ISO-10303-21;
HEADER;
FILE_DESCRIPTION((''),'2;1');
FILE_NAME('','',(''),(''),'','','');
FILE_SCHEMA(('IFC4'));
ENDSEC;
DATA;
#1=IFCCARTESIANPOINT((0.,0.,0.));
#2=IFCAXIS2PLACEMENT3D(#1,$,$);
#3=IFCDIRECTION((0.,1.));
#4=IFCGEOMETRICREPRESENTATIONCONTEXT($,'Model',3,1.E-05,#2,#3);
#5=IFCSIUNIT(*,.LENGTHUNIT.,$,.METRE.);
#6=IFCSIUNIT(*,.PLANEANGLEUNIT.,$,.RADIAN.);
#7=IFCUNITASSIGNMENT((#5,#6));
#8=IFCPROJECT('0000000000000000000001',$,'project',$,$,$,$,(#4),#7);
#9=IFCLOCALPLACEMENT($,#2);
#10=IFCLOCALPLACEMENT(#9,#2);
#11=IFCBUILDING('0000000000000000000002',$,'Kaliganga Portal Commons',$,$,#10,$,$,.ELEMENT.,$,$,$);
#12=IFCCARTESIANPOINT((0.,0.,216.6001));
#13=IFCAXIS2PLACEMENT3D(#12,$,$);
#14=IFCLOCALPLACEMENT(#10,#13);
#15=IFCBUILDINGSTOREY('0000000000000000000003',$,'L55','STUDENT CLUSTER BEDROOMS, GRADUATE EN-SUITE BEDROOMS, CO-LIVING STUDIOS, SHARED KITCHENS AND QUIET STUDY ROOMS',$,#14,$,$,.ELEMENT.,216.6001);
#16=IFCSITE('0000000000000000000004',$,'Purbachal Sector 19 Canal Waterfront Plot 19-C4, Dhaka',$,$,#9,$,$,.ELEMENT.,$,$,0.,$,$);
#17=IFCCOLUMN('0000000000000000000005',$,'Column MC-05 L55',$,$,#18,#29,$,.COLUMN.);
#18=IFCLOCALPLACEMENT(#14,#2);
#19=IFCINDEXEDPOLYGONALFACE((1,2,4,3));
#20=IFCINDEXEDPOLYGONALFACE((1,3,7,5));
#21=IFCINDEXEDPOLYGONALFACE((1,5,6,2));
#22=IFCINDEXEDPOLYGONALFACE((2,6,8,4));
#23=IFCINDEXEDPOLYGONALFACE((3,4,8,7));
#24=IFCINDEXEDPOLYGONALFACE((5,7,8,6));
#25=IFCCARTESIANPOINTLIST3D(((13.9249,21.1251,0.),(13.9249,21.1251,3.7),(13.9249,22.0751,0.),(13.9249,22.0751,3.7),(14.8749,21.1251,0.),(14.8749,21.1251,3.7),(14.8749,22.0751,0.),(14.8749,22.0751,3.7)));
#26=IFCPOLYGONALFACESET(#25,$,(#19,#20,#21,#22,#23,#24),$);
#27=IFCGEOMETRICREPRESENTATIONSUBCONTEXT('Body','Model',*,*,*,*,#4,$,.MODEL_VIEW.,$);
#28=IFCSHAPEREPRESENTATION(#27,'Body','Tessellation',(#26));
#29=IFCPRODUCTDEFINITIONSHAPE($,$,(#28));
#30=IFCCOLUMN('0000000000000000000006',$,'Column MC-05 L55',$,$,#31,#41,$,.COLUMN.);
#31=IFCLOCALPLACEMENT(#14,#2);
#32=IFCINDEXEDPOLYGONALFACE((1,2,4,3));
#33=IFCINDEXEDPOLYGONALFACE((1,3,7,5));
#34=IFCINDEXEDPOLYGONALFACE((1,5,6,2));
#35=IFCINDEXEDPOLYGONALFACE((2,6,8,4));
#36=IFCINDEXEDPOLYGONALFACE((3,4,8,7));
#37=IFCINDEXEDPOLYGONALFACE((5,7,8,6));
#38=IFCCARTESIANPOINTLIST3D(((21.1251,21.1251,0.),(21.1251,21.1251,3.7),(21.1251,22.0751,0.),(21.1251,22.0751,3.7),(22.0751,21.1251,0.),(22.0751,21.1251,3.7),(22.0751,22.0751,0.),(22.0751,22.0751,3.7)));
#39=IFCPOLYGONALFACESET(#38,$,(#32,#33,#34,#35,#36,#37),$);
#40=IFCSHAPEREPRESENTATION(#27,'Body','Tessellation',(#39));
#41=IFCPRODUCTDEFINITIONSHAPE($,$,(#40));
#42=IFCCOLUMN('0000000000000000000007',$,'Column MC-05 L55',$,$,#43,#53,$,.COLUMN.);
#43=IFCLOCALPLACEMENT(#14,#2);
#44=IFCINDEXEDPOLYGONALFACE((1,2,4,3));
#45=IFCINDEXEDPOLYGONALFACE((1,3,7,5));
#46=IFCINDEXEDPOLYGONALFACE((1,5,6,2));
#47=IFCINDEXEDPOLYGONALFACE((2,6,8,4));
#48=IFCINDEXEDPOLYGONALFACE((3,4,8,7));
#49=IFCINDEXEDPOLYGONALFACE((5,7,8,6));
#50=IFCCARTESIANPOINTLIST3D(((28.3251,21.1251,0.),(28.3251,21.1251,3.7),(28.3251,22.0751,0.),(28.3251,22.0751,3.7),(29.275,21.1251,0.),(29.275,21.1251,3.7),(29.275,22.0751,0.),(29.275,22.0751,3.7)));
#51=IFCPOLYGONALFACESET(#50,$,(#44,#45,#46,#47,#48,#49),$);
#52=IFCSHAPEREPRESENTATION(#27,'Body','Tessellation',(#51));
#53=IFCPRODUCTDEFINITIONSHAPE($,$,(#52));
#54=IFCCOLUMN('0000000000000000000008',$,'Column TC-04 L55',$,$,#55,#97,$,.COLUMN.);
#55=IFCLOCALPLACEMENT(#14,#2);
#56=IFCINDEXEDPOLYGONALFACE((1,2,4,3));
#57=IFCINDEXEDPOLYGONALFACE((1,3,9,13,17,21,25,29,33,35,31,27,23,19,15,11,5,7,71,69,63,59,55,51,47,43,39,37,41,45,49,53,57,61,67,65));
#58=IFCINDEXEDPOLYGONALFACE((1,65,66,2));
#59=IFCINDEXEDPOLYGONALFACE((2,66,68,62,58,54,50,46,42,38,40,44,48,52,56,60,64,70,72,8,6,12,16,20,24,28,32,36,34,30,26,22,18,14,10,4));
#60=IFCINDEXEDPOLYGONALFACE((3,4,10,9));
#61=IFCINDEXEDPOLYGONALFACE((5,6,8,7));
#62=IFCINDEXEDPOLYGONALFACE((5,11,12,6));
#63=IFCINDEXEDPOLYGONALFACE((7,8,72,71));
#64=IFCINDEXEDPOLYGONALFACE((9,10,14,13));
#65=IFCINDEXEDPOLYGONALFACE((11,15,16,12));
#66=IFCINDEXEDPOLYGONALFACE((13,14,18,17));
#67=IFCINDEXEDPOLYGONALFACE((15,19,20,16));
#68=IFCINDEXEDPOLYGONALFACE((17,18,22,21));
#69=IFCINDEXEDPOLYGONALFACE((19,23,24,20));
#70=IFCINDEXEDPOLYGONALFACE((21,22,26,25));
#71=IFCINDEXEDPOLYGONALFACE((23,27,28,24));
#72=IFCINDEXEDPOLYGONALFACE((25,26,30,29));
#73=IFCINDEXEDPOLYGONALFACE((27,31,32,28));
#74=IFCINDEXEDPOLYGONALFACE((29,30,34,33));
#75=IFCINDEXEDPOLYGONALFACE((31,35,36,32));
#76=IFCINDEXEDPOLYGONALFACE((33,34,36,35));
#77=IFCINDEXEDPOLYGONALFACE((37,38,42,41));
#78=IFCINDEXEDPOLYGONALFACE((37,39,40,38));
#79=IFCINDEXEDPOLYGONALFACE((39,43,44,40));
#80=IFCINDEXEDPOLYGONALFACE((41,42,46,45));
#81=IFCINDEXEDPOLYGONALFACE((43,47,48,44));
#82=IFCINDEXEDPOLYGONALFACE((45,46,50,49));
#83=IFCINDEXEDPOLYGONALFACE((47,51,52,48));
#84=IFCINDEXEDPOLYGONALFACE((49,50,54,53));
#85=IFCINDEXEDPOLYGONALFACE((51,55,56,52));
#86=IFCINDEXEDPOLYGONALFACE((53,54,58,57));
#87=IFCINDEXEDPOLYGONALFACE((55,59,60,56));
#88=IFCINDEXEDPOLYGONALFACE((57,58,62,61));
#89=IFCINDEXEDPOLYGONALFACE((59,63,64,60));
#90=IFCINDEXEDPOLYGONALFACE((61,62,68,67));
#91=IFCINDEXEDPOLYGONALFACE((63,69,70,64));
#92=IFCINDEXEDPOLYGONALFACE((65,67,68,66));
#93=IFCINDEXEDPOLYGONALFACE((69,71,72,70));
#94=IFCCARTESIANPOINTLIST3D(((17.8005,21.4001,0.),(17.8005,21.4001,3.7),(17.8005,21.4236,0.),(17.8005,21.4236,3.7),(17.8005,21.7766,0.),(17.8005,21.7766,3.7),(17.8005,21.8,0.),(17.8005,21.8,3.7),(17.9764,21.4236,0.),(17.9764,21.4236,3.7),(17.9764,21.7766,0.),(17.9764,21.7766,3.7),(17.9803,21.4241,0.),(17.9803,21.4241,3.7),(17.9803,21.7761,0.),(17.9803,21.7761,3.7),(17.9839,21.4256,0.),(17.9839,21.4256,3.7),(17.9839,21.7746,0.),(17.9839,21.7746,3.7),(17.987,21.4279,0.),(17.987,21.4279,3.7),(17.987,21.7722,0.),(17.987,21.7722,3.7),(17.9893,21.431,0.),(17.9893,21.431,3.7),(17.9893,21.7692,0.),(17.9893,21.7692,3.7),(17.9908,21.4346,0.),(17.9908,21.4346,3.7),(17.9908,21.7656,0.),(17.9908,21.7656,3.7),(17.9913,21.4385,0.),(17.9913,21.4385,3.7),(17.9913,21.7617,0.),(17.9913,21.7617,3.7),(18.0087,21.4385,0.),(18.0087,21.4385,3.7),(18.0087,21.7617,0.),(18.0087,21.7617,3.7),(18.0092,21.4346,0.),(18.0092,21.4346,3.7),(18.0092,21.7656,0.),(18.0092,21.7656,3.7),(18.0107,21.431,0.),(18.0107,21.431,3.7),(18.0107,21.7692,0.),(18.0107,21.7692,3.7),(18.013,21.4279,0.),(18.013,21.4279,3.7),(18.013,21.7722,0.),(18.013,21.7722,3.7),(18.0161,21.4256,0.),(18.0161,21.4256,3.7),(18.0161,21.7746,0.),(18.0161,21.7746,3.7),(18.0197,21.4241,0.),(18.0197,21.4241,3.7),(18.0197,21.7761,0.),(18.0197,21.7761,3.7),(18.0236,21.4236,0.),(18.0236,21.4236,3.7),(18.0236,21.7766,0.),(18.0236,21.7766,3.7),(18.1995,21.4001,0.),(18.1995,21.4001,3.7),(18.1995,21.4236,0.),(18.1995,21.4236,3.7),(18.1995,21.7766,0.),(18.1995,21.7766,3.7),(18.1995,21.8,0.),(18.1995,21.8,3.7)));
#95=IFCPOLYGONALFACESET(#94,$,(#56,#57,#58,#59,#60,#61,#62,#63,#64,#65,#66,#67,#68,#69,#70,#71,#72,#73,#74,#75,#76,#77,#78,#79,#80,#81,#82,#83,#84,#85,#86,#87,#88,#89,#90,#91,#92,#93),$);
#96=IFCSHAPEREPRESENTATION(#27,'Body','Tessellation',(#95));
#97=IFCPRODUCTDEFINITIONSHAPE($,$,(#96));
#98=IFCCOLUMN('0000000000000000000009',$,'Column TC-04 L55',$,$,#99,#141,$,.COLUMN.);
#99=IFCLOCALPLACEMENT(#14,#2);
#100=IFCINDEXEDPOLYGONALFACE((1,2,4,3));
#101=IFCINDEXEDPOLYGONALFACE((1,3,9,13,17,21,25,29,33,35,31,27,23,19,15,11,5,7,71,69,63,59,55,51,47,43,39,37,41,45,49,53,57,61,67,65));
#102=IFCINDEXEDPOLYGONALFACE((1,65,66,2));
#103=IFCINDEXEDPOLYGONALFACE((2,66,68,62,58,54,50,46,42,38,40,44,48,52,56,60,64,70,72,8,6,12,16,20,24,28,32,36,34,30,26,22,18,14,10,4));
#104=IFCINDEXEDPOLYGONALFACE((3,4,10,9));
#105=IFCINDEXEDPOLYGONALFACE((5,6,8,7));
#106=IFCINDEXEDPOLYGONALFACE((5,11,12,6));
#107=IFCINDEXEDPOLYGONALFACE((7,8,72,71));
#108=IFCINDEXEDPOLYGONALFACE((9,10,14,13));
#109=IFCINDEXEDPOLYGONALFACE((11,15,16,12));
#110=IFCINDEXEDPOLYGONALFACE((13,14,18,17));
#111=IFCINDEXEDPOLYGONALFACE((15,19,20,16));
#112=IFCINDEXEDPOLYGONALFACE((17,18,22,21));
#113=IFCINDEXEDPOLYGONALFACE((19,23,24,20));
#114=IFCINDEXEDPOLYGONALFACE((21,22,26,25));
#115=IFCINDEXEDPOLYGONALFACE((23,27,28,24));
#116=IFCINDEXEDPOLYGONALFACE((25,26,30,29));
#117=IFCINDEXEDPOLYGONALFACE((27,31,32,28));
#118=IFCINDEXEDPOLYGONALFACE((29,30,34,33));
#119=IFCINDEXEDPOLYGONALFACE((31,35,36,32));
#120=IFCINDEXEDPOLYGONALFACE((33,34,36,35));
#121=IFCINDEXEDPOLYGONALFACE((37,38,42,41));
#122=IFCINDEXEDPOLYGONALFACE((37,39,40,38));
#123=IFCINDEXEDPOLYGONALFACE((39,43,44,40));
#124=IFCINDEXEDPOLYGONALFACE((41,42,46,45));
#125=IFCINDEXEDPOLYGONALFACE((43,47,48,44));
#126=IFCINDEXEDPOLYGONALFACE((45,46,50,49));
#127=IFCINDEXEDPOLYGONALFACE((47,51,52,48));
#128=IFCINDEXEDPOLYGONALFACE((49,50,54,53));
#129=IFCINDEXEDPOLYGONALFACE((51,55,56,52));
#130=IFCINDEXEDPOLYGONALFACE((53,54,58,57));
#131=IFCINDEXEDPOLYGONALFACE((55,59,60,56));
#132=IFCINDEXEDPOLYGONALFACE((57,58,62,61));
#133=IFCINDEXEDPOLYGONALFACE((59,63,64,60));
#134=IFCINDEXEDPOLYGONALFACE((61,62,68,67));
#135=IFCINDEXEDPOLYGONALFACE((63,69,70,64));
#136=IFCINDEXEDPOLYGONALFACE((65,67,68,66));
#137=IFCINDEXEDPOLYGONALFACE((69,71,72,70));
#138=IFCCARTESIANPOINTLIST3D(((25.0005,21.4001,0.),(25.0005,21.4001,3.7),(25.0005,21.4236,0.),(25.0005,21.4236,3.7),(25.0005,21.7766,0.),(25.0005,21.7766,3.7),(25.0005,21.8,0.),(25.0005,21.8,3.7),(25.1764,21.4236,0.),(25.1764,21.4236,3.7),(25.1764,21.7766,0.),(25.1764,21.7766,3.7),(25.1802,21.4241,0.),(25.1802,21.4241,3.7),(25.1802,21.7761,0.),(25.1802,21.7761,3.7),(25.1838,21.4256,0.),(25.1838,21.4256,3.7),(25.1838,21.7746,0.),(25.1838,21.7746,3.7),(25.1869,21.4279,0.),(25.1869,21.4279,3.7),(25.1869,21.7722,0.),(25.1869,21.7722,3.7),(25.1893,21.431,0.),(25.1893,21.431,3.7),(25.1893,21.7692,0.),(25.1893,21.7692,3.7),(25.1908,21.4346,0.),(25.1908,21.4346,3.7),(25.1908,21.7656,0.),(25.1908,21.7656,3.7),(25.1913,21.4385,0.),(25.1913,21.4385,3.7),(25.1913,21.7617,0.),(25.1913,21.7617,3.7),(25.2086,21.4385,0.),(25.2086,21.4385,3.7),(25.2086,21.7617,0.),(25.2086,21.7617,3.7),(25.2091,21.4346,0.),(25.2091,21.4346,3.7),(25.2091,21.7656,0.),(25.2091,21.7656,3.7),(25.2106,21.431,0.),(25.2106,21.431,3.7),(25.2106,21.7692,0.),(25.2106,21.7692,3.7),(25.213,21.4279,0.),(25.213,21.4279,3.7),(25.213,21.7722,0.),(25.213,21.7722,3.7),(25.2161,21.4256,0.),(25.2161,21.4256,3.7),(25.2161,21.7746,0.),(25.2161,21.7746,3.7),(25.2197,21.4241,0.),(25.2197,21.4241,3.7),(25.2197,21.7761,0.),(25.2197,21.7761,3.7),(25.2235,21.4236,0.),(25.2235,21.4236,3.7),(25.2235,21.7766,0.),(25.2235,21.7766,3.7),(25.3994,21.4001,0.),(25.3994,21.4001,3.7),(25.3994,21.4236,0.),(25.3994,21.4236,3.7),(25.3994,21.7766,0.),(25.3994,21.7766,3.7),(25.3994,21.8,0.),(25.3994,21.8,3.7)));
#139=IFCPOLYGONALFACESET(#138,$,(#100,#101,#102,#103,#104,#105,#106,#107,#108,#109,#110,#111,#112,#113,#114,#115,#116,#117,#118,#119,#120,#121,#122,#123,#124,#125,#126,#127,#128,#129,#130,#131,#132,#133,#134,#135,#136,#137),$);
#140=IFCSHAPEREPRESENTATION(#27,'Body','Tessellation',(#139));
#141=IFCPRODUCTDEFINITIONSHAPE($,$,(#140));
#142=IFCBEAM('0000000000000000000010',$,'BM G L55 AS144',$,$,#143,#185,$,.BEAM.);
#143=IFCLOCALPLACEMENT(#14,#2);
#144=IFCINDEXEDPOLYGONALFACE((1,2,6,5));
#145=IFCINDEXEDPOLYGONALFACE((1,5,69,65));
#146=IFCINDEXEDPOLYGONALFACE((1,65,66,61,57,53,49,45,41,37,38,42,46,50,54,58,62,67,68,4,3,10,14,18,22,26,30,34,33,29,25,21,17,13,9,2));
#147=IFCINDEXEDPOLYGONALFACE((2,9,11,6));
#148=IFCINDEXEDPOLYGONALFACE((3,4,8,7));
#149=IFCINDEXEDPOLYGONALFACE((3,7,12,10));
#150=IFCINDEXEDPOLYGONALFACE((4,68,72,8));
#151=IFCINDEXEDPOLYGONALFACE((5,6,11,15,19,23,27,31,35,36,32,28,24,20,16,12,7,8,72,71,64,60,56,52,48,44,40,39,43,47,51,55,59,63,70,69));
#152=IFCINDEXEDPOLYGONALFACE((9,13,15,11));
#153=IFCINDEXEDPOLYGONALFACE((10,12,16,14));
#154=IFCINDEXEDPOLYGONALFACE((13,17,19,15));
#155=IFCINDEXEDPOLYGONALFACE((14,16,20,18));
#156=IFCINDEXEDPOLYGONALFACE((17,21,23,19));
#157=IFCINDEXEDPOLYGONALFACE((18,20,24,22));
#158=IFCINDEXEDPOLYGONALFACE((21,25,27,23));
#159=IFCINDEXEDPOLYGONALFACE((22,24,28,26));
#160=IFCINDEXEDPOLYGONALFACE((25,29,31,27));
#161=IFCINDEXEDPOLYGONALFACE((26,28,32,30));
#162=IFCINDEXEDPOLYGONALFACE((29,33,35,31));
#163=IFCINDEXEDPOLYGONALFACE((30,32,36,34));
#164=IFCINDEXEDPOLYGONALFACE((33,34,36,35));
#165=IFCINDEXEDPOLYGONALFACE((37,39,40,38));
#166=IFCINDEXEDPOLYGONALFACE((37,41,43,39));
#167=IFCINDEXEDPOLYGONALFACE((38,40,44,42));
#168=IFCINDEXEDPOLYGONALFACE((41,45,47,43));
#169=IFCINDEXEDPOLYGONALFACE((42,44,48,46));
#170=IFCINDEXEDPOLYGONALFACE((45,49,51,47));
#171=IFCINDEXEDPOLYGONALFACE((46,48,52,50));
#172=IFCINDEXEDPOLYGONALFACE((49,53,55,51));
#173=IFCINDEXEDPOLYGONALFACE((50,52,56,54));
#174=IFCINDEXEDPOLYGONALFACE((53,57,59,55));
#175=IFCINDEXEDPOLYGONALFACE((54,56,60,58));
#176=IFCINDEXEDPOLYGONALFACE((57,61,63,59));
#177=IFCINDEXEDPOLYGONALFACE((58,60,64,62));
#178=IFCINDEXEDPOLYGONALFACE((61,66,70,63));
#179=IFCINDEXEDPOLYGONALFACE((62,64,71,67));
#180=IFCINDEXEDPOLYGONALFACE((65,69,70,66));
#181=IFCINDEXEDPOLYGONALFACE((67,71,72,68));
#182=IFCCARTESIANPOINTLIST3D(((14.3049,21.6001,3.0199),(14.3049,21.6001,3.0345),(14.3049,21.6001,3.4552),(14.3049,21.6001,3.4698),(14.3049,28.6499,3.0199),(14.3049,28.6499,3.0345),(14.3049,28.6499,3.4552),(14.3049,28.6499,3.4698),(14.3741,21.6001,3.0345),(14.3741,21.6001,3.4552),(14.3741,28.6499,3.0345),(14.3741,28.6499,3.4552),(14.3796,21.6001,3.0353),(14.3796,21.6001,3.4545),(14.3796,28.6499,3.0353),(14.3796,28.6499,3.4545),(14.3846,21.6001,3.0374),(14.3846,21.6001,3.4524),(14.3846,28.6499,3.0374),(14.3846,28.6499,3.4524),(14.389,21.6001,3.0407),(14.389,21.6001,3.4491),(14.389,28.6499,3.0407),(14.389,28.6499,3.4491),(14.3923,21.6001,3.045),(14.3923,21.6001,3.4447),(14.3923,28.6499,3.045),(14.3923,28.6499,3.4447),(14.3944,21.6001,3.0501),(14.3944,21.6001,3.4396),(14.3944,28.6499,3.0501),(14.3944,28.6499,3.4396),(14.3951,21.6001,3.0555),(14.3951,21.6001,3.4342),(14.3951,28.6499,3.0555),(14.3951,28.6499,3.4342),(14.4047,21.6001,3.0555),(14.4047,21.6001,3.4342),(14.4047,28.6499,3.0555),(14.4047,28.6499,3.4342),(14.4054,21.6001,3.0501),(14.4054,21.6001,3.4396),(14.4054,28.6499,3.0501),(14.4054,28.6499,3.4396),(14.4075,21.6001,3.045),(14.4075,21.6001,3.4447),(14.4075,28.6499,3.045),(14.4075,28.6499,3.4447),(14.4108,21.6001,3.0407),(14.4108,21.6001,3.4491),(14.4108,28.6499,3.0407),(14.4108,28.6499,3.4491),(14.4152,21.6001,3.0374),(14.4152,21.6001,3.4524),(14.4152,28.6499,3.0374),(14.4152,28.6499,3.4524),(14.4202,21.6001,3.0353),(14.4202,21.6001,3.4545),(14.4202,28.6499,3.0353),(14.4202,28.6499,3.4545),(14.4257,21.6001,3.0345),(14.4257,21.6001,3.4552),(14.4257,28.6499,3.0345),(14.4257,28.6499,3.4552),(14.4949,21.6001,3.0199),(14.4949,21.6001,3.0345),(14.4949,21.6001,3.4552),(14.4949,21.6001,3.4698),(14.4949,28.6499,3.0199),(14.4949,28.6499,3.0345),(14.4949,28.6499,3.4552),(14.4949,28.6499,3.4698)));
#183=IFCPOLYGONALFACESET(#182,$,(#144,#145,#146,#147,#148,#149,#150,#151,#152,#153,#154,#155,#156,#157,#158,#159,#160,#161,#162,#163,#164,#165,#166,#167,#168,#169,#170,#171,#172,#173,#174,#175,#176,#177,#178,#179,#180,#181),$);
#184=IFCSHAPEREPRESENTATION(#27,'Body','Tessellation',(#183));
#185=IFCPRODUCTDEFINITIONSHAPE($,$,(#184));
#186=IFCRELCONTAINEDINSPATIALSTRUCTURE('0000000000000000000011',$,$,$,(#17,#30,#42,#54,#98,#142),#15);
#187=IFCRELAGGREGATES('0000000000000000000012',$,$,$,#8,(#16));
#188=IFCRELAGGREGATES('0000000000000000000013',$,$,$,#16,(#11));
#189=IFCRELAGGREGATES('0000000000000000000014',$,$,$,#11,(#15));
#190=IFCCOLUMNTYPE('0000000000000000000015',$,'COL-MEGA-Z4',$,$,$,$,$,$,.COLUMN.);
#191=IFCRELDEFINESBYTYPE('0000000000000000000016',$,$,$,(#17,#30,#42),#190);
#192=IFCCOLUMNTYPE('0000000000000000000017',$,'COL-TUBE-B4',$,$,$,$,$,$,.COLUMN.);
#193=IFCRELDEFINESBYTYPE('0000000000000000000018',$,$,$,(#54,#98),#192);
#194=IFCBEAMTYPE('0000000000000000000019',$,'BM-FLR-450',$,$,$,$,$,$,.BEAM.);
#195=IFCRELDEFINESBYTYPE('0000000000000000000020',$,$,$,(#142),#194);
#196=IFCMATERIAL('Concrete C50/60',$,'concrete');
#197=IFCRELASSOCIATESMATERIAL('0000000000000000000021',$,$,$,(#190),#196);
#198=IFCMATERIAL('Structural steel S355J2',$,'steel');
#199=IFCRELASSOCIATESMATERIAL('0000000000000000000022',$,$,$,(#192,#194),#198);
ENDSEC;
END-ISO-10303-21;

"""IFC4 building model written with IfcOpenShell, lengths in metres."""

from ifc_helpers import new_model, si_unit, direction, frame, origin, origin_2d, place, context, subcontext, project, spatial, rectangle, i_section, extrude, source, transform, mapped, material, material_profile, profile_set, type_object, element, save


model = new_model("IFC4")

# Units and contexts
model_context = context("Model", 3, precision=1e-05, world=origin(), true_north=direction((0.0, 1.0)))
body_context = subcontext(model_context, "Body", "Model", "MODEL_VIEW")
ifc_project = project(units=[si_unit("LENGTHUNIT", "METRE"), si_unit("PLANEANGLEUNIT", "RADIAN")], contexts=[model_context])

# Site, building, storey
site_placement = place(None, origin())
site = spatial("IfcSite", under=ifc_project, at=site_placement, Name="Purbachal Sector 19 Canal Waterfront Plot 19-C4, Dhaka", CompositionType="ELEMENT", RefElevation=0.0)
building_placement = place(site_placement, origin())
building = spatial("IfcBuilding", under=site, at=building_placement, Name="Kaliganga Portal Commons", CompositionType="ELEMENT")
storey_placement = place(building_placement, frame((0.0, 0.0, 216.6001)))
storey = spatial("IfcBuildingStorey", under=building, at=storey_placement, Name="L55", Description="STUDENT CLUSTER BEDROOMS, GRADUATE EN-SUITE BEDROOMS, CO-LIVING STUDIOS, SHARED KITCHENS AND QUIET STUDY ROOMS", CompositionType="ELEMENT", Elevation=216.6001)

# Columns
ifc_material_1 = material(Name="Concrete C50/60", Category="concrete")
ifc_material_profile_1 = material_profile(ifc_material_1, rectangle(XDim=0.95, YDim=0.95, at=origin_2d()), Name="RC 950x950")
ifc_profile_set_1 = profile_set([ifc_material_profile_1], Name="Concrete C50/60")
column_type_1 = type_object("IfcColumnType", Name="COL-MEGA-Z4", PredefinedType="COLUMN", material=ifc_profile_set_1)
shared_shape_1 = source(origin(), body_context, "Body", "SweptSolid", [
    extrude(rectangle(XDim=0.95, YDim=0.95, at=origin_2d()), origin(), (0.0, 0.0, 1.0), 3.7),
])
for number, where, z_axis, x_axis, name in (
    (1, (14.3999, 21.6001, 0.0), (0.0, 0.0, 1.0), (1.0, 0.0, 0.0), "Column MC-05 L55"),
    (2, (21.6001, 21.6001, 0.0), (0.0, 0.0, 1.0), (1.0, 0.0, 0.0), "Column MC-05 L55"),
    (3, (28.8, 21.6001, 0.0), (0.0, 0.0, 1.0), (1.0, 0.0, 0.0), "Column MC-05 L55"),
):
    element("IfcColumn", number, at=place(storey_placement, frame(where, z_axis=z_axis, x_axis=x_axis)), inside=storey, type_object=column_type_1, Name=name, PredefinedType="COLUMN", context=body_context, shape_type="MappedRepresentation", body=[
        mapped(shared_shape_1, transform((0.0, 0.0, 0.0), x_axis=(1.0, 0.0, 0.0), y_axis=(0.0, 1.0, 0.0), z_axis=(0.0, 0.0, 1.0), scale=1.0)),
    ])
ifc_material_2 = material(Name="Structural steel S355J2", Category="steel")
ifc_material_profile_2 = material_profile(ifc_material_2, i_section(OverallWidth=0.3989, OverallDepth=0.3999, WebThickness=0.0173, FlangeThickness=0.0234, FilletRadius=0.0149, at=origin_2d()), Name="HD 400x287")
ifc_profile_set_2 = profile_set([ifc_material_profile_2], Name="Structural steel S355J2 wide-flange")
column_type_2 = type_object("IfcColumnType", Name="COL-TUBE-B4", PredefinedType="COLUMN", material=ifc_profile_set_2)
shared_shape_2 = source(origin(), body_context, "Body", "SweptSolid", [
    extrude(i_section(OverallWidth=0.3989, OverallDepth=0.3999, WebThickness=0.0173, FlangeThickness=0.0234, FilletRadius=0.0149, at=origin_2d()), origin(), (0.0, 0.0, 1.0), 3.7),
])
for number, where, z_axis, x_axis, name in (
    (4, (18.0, 21.6001, 0.0), (0.0, 0.0, 1.0), (1.0, 0.0, 0.0), "Column TC-04 L55"),
    (5, (25.2, 21.6001, 0.0), (0.0, 0.0, 1.0), (1.0, 0.0, 0.0), "Column TC-04 L55"),
):
    element("IfcColumn", number, at=place(storey_placement, frame(where, z_axis=z_axis, x_axis=x_axis)), inside=storey, type_object=column_type_2, Name=name, PredefinedType="COLUMN", context=body_context, shape_type="MappedRepresentation", body=[
        mapped(shared_shape_2, transform((0.0, 0.0, 0.0), x_axis=(1.0, 0.0, 0.0), y_axis=(0.0, 1.0, 0.0), z_axis=(0.0, 0.0, 1.0), scale=1.0)),
    ])

# Beam
ifc_material_profile_3 = material_profile(ifc_material_2, i_section(OverallWidth=0.1899, OverallDepth=0.45, WebThickness=0.0095, FlangeThickness=0.0146, FilletRadius=0.021, at=origin_2d()), Name="IPE 450")
ifc_profile_set_3 = profile_set([ifc_material_profile_3], Name="Structural steel S355J2 wide-flange")
beam_type_1 = type_object("IfcBeamType", Name="BM-FLR-450", PredefinedType="BEAM", material=ifc_profile_set_3)
shared_shape_3 = source(origin(), body_context, "Body", "SweptSolid", [
    extrude(i_section(OverallWidth=0.1899, OverallDepth=0.45, WebThickness=0.0095, FlangeThickness=0.0146, FilletRadius=0.021, at=origin_2d()), origin(), (0.0, 0.0, 1.0), 7.0498),
])
beam_1_placement = place(storey_placement, frame((14.3999, 21.6001, 3.2449), z_axis=(0.0, 1.0, 0.0), x_axis=(-1.0, 0.0, 0.0)))
element("IfcBeam", 6, at=beam_1_placement, inside=storey, type_object=beam_type_1, Name="BM G L55 AS144", PredefinedType="BEAM", context=body_context, shape_type="MappedRepresentation", body=[
    mapped(shared_shape_3, transform((0.0, 0.0, 0.0), x_axis=(1.0, 0.0, 0.0), y_axis=(0.0, 1.0, 0.0), z_axis=(0.0, 0.0, 1.0), scale=1.0)),
])

save(model, "model.ifc")
